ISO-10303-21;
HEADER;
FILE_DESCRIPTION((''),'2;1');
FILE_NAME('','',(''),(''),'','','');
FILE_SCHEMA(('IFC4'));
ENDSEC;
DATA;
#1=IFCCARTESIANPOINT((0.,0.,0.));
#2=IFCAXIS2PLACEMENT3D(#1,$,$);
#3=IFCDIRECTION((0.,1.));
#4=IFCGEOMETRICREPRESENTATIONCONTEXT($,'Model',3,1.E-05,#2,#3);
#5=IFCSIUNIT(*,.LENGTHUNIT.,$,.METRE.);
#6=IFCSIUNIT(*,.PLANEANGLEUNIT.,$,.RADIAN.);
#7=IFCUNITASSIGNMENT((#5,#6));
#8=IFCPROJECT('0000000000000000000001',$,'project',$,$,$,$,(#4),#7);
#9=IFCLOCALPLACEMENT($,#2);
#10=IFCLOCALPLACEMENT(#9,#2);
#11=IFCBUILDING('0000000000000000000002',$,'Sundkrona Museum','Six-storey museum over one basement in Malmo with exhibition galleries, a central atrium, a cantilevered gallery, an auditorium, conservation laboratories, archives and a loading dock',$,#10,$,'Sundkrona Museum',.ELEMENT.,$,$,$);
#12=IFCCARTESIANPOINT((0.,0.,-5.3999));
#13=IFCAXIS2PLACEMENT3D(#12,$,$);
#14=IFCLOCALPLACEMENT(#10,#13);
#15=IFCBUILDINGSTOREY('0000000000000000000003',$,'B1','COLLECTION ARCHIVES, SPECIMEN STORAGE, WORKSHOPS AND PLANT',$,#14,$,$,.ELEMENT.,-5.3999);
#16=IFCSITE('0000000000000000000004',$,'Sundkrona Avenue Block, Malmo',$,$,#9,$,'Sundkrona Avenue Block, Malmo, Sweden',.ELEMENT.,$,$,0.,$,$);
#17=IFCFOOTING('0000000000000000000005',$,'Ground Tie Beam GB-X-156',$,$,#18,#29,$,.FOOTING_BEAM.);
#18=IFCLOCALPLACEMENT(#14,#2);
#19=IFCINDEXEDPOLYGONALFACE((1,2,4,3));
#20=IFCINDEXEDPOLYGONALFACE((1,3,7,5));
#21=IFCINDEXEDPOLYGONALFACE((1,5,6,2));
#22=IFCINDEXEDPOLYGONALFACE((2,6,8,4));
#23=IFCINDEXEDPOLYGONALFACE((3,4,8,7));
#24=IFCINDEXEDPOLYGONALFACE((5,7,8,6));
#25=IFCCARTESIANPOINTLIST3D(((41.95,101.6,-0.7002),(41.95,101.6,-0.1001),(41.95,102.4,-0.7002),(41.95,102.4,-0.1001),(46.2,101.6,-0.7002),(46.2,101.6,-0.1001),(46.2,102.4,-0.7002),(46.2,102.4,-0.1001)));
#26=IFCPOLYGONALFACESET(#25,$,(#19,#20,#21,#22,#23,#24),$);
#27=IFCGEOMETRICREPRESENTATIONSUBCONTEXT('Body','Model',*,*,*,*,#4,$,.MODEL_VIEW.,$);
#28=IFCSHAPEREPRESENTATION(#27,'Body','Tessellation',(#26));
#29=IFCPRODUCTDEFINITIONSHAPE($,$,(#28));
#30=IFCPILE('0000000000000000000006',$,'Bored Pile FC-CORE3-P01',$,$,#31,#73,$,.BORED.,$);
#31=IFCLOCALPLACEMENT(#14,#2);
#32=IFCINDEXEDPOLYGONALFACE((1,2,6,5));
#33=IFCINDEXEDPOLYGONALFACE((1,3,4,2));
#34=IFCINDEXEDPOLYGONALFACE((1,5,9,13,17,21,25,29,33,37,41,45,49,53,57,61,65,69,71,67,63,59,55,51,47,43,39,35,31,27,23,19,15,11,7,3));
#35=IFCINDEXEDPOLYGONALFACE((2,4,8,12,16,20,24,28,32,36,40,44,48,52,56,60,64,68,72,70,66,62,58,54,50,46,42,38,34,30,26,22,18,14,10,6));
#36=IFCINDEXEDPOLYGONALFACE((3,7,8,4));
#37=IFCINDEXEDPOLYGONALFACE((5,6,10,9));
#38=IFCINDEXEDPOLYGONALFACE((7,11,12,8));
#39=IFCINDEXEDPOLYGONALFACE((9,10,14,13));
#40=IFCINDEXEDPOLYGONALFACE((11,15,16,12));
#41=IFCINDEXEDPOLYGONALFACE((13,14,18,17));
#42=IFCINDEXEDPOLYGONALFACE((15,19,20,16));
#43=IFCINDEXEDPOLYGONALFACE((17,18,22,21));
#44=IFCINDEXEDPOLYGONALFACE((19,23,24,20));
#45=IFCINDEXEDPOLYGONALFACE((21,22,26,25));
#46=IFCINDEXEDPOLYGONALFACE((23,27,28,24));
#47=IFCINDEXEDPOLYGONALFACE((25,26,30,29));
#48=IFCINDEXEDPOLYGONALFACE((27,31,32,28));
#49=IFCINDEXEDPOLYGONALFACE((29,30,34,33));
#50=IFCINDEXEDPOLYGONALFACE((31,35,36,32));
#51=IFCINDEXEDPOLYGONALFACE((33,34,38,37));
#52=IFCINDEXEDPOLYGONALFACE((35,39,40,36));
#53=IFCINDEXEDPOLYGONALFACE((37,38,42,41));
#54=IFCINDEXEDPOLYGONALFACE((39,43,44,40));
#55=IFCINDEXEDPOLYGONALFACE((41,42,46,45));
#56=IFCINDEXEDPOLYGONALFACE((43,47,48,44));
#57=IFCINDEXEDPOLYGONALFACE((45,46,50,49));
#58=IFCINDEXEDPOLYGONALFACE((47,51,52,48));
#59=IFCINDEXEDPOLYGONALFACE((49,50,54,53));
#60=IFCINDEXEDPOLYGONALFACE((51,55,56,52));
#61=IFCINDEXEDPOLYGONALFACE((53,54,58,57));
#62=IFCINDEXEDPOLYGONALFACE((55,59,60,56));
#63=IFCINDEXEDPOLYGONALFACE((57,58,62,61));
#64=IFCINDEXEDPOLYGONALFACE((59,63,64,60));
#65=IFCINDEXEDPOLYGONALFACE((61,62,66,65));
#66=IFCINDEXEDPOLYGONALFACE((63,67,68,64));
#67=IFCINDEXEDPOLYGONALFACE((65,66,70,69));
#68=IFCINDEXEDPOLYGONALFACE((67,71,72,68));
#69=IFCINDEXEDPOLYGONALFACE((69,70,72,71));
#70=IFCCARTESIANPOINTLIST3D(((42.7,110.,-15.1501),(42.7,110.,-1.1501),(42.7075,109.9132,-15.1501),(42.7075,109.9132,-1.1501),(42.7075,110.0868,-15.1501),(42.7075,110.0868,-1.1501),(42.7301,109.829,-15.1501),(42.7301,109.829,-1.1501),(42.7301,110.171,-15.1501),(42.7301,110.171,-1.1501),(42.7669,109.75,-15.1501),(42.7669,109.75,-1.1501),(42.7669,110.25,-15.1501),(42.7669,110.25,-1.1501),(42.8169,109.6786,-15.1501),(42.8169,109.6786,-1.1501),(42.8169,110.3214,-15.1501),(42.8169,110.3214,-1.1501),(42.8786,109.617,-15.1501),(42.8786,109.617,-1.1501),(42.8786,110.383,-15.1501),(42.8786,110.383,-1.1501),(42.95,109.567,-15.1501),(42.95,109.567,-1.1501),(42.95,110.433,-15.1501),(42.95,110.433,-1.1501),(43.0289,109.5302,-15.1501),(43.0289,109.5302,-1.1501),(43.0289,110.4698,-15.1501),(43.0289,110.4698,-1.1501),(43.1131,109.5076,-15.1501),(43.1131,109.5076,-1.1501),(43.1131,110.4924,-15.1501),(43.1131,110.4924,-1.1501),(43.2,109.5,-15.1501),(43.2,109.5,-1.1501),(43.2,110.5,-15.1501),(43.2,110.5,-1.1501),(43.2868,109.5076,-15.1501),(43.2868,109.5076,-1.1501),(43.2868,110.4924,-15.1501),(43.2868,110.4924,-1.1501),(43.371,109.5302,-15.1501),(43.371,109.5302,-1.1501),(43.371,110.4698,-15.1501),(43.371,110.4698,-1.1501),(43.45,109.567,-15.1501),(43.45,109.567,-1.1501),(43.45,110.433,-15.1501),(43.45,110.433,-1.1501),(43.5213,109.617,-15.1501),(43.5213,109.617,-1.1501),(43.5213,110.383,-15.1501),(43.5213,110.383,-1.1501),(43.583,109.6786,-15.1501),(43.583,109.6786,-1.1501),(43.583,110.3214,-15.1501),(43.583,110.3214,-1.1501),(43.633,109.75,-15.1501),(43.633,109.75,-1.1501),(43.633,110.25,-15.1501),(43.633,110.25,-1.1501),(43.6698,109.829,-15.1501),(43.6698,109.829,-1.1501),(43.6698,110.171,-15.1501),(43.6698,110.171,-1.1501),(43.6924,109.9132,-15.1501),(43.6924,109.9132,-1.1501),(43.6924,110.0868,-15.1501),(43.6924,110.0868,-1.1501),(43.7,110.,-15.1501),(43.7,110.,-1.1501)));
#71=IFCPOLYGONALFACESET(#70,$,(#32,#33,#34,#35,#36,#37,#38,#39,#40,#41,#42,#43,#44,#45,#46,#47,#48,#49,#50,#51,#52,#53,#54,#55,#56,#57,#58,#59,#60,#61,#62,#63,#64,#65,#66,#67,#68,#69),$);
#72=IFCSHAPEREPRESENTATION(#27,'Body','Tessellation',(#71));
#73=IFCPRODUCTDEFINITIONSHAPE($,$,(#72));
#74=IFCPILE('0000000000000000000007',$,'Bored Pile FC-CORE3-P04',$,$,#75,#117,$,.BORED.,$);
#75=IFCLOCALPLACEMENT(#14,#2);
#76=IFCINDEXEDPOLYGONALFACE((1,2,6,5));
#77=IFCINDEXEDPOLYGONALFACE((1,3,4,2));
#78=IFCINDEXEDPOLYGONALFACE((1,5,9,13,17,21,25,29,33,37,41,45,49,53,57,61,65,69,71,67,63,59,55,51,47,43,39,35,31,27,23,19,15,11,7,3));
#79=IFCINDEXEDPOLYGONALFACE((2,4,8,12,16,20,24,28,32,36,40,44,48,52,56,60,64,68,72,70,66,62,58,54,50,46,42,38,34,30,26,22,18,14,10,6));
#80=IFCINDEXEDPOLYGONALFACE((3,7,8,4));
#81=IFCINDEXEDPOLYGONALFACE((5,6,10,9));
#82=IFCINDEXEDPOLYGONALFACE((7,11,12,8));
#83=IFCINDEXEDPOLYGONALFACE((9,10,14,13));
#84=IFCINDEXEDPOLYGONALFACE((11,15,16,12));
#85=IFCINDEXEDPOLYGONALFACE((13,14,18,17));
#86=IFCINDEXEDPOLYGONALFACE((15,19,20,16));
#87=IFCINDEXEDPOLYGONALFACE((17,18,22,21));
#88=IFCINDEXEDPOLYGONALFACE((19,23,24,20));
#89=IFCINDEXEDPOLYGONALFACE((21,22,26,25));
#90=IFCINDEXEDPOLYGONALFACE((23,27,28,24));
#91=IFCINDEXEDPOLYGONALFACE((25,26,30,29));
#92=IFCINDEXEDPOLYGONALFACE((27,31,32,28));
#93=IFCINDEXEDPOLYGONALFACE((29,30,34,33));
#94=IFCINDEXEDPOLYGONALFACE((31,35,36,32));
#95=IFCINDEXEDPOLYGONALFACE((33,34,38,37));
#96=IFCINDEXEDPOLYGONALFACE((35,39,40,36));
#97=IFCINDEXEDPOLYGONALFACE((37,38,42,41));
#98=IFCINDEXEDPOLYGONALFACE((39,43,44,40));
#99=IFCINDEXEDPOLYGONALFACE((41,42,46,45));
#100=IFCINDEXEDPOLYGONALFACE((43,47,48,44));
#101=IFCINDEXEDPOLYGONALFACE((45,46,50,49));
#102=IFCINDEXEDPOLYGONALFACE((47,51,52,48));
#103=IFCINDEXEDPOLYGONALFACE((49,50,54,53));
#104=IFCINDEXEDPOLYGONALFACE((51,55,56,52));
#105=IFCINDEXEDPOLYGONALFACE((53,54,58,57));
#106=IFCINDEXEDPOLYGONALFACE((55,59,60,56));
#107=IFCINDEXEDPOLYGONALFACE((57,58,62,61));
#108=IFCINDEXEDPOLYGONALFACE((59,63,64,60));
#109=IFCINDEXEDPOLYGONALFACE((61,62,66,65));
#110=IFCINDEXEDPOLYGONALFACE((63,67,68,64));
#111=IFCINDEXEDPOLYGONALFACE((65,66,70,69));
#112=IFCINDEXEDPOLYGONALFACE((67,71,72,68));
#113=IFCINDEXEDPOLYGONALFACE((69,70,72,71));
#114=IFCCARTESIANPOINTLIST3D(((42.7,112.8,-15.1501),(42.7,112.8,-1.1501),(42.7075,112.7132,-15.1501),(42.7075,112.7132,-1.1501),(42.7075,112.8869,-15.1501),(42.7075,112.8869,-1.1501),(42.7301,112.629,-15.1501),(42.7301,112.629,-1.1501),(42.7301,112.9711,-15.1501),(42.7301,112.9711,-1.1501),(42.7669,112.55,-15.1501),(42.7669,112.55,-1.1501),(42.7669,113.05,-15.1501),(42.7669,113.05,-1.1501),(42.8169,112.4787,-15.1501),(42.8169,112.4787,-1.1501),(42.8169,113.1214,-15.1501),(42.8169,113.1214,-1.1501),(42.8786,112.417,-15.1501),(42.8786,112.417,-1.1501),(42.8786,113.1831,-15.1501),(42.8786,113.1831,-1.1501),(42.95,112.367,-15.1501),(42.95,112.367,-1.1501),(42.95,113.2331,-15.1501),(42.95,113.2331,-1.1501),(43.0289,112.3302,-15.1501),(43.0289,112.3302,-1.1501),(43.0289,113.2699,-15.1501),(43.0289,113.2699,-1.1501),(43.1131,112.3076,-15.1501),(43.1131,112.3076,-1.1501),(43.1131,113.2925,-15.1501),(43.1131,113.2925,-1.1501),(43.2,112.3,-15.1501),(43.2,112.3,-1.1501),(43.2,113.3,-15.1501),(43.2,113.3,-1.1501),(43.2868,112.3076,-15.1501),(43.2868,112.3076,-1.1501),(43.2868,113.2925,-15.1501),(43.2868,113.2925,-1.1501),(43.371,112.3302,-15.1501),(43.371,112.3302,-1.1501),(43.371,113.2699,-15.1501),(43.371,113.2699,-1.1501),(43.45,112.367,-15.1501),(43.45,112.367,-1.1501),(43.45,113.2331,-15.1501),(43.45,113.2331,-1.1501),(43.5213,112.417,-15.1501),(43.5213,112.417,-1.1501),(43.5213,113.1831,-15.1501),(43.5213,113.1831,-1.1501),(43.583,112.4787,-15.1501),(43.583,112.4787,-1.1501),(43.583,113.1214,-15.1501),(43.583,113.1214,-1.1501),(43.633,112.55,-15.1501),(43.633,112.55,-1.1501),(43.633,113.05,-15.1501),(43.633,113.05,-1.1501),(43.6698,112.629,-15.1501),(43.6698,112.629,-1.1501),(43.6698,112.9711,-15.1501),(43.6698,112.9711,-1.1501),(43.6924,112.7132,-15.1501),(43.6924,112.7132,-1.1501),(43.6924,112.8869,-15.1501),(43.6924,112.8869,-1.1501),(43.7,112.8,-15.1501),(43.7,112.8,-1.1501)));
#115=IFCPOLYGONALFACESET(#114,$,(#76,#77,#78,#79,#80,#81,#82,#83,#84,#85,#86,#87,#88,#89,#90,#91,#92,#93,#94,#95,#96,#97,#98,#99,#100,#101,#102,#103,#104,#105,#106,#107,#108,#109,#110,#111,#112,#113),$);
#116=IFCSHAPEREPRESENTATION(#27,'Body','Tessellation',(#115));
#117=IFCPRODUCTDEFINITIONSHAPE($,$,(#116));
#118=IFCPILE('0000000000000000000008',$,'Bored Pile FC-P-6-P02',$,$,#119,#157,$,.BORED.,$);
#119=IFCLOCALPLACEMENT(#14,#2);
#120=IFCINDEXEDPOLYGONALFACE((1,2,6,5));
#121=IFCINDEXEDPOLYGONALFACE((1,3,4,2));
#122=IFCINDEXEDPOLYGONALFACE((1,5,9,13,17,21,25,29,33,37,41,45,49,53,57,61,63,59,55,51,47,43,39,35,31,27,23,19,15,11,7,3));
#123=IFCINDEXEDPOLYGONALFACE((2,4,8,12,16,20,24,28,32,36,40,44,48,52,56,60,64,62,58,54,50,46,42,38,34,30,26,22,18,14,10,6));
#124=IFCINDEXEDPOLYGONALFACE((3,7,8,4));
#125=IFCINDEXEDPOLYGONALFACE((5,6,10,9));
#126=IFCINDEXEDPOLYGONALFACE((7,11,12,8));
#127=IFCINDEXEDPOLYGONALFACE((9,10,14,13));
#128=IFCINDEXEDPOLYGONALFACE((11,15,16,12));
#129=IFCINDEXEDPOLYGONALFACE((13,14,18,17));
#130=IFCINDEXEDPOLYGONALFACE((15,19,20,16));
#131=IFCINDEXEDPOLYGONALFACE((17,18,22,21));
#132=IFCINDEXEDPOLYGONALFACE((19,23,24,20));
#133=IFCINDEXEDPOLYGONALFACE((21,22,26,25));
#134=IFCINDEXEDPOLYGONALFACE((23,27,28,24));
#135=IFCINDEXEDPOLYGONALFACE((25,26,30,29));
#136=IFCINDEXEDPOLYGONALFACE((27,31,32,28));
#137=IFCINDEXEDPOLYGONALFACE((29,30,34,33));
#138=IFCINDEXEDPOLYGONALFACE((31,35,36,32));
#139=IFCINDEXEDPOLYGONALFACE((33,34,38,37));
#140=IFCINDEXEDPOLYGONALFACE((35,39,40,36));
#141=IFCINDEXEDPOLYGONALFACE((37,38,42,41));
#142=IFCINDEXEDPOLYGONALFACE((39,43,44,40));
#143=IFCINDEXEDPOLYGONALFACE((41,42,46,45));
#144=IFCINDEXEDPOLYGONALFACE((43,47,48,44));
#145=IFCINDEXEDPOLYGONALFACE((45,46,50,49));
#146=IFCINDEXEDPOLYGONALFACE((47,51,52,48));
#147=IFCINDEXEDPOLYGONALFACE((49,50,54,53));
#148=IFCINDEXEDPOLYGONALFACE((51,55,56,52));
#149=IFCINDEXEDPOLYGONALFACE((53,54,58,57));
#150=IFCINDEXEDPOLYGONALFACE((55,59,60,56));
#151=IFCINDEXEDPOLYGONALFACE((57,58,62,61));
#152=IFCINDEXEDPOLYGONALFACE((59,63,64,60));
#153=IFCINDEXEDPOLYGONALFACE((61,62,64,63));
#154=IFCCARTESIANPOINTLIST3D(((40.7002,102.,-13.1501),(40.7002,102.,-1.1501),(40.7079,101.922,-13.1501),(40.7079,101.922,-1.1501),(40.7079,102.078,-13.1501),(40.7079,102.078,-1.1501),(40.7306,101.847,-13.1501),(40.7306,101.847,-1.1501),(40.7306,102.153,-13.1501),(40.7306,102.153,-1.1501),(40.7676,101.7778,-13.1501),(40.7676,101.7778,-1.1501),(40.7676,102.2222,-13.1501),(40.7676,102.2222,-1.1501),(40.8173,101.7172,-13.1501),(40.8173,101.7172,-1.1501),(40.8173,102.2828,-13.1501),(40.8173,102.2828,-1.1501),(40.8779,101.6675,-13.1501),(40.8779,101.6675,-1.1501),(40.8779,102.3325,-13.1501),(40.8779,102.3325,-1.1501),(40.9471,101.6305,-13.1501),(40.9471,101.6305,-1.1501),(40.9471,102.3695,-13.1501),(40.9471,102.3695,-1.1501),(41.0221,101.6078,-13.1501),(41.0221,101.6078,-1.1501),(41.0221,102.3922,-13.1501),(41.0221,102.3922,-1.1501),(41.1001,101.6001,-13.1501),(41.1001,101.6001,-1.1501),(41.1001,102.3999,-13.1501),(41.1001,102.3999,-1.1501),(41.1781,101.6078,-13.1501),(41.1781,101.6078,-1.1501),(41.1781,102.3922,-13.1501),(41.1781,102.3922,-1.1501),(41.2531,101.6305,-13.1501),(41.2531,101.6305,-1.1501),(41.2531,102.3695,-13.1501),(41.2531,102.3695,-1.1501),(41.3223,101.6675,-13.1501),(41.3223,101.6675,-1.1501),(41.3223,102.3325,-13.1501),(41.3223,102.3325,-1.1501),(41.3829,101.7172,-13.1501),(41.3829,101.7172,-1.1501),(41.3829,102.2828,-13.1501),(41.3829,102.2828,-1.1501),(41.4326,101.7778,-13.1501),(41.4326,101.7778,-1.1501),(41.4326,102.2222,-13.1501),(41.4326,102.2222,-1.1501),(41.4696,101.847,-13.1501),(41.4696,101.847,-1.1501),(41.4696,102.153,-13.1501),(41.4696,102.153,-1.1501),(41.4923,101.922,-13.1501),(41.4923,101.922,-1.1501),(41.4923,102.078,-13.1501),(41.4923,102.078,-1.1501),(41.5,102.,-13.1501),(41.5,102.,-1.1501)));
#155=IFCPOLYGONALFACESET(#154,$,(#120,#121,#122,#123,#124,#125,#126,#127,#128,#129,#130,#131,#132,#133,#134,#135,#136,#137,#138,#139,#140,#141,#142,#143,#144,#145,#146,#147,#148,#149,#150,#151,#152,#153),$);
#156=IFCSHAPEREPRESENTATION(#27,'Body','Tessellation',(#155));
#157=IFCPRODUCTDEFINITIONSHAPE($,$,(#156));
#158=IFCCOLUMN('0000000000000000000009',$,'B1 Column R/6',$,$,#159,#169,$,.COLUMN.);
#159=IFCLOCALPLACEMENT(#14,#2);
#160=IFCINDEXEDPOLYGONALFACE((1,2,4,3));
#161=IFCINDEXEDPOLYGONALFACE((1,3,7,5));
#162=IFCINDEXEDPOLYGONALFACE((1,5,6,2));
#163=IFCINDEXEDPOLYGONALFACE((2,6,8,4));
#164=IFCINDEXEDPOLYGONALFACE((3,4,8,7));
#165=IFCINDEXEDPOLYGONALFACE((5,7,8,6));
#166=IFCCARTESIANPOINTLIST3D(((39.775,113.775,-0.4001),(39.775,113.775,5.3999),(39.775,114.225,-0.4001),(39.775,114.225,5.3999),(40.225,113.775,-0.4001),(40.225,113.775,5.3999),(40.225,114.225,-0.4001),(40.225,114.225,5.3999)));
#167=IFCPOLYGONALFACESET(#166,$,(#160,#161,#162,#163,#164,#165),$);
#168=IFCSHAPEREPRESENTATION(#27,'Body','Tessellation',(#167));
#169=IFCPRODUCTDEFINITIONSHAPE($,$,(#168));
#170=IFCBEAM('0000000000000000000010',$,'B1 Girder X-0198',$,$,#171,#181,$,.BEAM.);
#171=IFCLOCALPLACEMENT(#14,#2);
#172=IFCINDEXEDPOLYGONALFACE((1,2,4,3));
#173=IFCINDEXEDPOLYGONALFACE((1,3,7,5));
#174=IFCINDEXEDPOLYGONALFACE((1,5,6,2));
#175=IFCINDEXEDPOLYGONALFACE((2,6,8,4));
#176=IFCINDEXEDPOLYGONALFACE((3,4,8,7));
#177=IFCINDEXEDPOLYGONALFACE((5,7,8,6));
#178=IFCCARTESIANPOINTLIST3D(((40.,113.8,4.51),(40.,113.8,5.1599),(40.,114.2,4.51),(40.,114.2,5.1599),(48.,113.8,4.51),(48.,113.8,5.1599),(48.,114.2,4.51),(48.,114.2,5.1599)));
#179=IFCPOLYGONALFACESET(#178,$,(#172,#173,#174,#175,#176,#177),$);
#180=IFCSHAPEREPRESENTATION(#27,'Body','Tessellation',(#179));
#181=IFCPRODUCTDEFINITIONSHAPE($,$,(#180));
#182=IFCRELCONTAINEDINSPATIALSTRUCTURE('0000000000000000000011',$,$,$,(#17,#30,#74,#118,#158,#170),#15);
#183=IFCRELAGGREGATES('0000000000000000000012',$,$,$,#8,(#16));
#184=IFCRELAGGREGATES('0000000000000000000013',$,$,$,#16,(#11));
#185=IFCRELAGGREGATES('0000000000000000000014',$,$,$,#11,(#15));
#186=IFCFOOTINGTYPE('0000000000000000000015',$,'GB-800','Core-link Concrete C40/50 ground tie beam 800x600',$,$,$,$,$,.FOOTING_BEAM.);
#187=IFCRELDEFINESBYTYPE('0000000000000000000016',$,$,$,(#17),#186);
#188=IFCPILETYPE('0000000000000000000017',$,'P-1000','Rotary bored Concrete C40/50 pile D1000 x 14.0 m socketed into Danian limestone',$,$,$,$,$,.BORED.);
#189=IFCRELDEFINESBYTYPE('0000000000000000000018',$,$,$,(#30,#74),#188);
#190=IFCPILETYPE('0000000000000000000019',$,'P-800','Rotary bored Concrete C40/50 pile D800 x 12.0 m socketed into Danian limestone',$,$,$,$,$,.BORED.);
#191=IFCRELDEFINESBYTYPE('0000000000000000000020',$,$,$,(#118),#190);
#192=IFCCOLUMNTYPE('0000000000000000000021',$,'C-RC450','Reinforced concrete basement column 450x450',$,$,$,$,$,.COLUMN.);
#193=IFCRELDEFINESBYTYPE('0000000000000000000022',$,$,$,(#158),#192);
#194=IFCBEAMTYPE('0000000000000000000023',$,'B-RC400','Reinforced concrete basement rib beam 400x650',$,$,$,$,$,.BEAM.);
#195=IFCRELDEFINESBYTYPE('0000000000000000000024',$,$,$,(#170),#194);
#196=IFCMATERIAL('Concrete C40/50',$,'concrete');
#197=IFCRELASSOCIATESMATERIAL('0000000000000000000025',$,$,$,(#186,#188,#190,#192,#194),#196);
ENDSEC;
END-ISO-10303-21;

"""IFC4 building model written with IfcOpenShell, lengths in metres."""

from ifc_helpers import new_model, si_unit, direction, frame, origin, origin_2d, place, context, subcontext, project, spatial, rectangle, circle, extrude, material, material_profile, profile_set, type_object, element, save


model = new_model("IFC4")

# Units and contexts
model_context = context("Model", 3, precision=1e-05, world=origin(), true_north=direction((0.0, 1.0)))
body_context = subcontext(model_context, "Body", "Model", "MODEL_VIEW")
ifc_project = project(units=[si_unit("LENGTHUNIT", "METRE"), si_unit("PLANEANGLEUNIT", "RADIAN")], contexts=[model_context])

# Site, building, storey
site_placement = place(None, origin())
site = spatial("IfcSite", under=ifc_project, at=site_placement, Name="Sundkrona Avenue Block, Malmo", LongName="Sundkrona Avenue Block, Malmo, Sweden", CompositionType="ELEMENT", RefElevation=0.0)
building_placement = place(site_placement, origin())
building = spatial("IfcBuilding", under=site, at=building_placement, Name="Sundkrona Museum", Description="Six-storey museum over one basement in Malmo with exhibition galleries, a central atrium, a cantilevered gallery, an auditorium, conservation laboratories, archives and a loading dock", LongName="Sundkrona Museum", CompositionType="ELEMENT")
storey_placement = place(building_placement, frame((0.0, 0.0, -5.3999)))
storey = spatial("IfcBuildingStorey", under=building, at=storey_placement, Name="B1", Description="COLLECTION ARCHIVES, SPECIMEN STORAGE, WORKSHOPS AND PLANT", CompositionType="ELEMENT", Elevation=-5.3999)

# Footing
ifc_material_1 = material(Name="Concrete C40/50", Category="concrete")
footing_type = type_object("IfcFootingType", Name="GB-800", Description="Core-link Concrete C40/50 ground tie beam 800x600", PredefinedType="FOOTING_BEAM", material=ifc_material_1)
footing_placement = place(storey_placement, frame((44.075, 102.0, -0.7002), z_axis=(0.0, 0.0, 1.0), x_axis=(1.0, 0.0, 0.0)))
element("IfcFooting", 1, at=footing_placement, inside=storey, type_object=footing_type, Name="Ground Tie Beam GB-X-156", PredefinedType="FOOTING_BEAM", context=body_context, shape_type="SweptSolid", body=[
    extrude(rectangle(XDim=4.25, YDim=0.8, at=origin_2d()), origin(), (0.0, 0.0, 1.0), 0.6001),
])

# Piles
ifc_material_profile_1 = material_profile(ifc_material_1, circle(Radius=0.5, at=origin_2d()), Name="PILE D1000")
ifc_profile_set_1 = profile_set([ifc_material_profile_1], Name="Concrete C40/50")
pile_type_1 = type_object("IfcPileType", Name="P-1000", Description="Rotary bored Concrete C40/50 pile D1000 x 14.0 m socketed into Danian limestone", PredefinedType="BORED", material=ifc_profile_set_1)
for number, where, z_axis, x_axis, name in (
    (2, (43.2, 110.0, -1.1501), (0.0, 0.0, -1.0), (1.0, 0.0, 0.0), "Bored Pile FC-CORE3-P01"),
    (3, (43.2, 112.8, -1.1501), (0.0, 0.0, -1.0), (1.0, 0.0, 0.0), "Bored Pile FC-CORE3-P04"),
):
    element("IfcPile", number, at=place(storey_placement, frame(where, z_axis=z_axis, x_axis=x_axis)), inside=storey, type_object=pile_type_1, Name=name, PredefinedType="BORED", context=body_context, shape_type="SweptSolid", body=[
        extrude(circle(Radius=0.5, at=origin_2d()), origin(), (0.0, 0.0, 1.0), 14.0),
    ])
ifc_material_profile_2 = material_profile(ifc_material_1, circle(Radius=0.3999, at=origin_2d()), Name="PILE D800")
ifc_profile_set_2 = profile_set([ifc_material_profile_2], Name="Concrete C40/50")
pile_type_2 = type_object("IfcPileType", Name="P-800", Description="Rotary bored Concrete C40/50 pile D800 x 12.0 m socketed into Danian limestone", PredefinedType="BORED", material=ifc_profile_set_2)
pile_placement = place(storey_placement, frame((41.1001, 102.0, -1.1501), z_axis=(0.0, 0.0, -1.0), x_axis=(1.0, 0.0, 0.0)))
element("IfcPile", 4, at=pile_placement, inside=storey, type_object=pile_type_2, Name="Bored Pile FC-P-6-P02", PredefinedType="BORED", context=body_context, shape_type="SweptSolid", body=[
    extrude(circle(Radius=0.3999, at=origin_2d()), origin(), (0.0, 0.0, 1.0), 12.0),
])

# Column
ifc_material_profile_3 = material_profile(ifc_material_1, rectangle(XDim=0.45, YDim=0.45, at=origin_2d()), Name="RC 450x450")
ifc_profile_set_3 = profile_set([ifc_material_profile_3], Name="Concrete C40/50")
column_type = type_object("IfcColumnType", Name="C-RC450", Description="Reinforced concrete basement column 450x450", PredefinedType="COLUMN", material=ifc_profile_set_3)
column_placement = place(storey_placement, frame((40.0, 114.0, -0.4001), z_axis=(0.0, 0.0, 1.0), x_axis=(1.0, 0.0, 0.0)))
element("IfcColumn", 5, at=column_placement, inside=storey, type_object=column_type, Name="B1 Column R/6", PredefinedType="COLUMN", context=body_context, shape_type="SweptSolid", body=[
    extrude(rectangle(XDim=0.45, YDim=0.45, at=origin_2d()), origin(), (0.0, 0.0, 1.0), 5.8),
])

# Beam
ifc_material_profile_4 = material_profile(ifc_material_1, rectangle(XDim=0.3999, YDim=0.6499, at=origin_2d()), Name="RCB 400x650")
ifc_profile_set_4 = profile_set([ifc_material_profile_4], Name="Concrete C40/50")
beam_type_1 = type_object("IfcBeamType", Name="B-RC400", Description="Reinforced concrete basement rib beam 400x650", PredefinedType="BEAM", material=ifc_profile_set_4)
beam_1_placement = place(storey_placement, frame((40.0, 114.0, 4.835), z_axis=(1.0, 0.0, 0.0), x_axis=(0.0, 1.0, 0.0)))
element("IfcBeam", 6, at=beam_1_placement, inside=storey, type_object=beam_type_1, Name="B1 Girder X-0198", PredefinedType="BEAM", context=body_context, shape_type="SweptSolid", body=[
    extrude(rectangle(XDim=0.3999, YDim=0.6499, at=origin_2d()), origin(), (0.0, 0.0, 1.0), 8.0),
])

save(model, "model.ifc")
